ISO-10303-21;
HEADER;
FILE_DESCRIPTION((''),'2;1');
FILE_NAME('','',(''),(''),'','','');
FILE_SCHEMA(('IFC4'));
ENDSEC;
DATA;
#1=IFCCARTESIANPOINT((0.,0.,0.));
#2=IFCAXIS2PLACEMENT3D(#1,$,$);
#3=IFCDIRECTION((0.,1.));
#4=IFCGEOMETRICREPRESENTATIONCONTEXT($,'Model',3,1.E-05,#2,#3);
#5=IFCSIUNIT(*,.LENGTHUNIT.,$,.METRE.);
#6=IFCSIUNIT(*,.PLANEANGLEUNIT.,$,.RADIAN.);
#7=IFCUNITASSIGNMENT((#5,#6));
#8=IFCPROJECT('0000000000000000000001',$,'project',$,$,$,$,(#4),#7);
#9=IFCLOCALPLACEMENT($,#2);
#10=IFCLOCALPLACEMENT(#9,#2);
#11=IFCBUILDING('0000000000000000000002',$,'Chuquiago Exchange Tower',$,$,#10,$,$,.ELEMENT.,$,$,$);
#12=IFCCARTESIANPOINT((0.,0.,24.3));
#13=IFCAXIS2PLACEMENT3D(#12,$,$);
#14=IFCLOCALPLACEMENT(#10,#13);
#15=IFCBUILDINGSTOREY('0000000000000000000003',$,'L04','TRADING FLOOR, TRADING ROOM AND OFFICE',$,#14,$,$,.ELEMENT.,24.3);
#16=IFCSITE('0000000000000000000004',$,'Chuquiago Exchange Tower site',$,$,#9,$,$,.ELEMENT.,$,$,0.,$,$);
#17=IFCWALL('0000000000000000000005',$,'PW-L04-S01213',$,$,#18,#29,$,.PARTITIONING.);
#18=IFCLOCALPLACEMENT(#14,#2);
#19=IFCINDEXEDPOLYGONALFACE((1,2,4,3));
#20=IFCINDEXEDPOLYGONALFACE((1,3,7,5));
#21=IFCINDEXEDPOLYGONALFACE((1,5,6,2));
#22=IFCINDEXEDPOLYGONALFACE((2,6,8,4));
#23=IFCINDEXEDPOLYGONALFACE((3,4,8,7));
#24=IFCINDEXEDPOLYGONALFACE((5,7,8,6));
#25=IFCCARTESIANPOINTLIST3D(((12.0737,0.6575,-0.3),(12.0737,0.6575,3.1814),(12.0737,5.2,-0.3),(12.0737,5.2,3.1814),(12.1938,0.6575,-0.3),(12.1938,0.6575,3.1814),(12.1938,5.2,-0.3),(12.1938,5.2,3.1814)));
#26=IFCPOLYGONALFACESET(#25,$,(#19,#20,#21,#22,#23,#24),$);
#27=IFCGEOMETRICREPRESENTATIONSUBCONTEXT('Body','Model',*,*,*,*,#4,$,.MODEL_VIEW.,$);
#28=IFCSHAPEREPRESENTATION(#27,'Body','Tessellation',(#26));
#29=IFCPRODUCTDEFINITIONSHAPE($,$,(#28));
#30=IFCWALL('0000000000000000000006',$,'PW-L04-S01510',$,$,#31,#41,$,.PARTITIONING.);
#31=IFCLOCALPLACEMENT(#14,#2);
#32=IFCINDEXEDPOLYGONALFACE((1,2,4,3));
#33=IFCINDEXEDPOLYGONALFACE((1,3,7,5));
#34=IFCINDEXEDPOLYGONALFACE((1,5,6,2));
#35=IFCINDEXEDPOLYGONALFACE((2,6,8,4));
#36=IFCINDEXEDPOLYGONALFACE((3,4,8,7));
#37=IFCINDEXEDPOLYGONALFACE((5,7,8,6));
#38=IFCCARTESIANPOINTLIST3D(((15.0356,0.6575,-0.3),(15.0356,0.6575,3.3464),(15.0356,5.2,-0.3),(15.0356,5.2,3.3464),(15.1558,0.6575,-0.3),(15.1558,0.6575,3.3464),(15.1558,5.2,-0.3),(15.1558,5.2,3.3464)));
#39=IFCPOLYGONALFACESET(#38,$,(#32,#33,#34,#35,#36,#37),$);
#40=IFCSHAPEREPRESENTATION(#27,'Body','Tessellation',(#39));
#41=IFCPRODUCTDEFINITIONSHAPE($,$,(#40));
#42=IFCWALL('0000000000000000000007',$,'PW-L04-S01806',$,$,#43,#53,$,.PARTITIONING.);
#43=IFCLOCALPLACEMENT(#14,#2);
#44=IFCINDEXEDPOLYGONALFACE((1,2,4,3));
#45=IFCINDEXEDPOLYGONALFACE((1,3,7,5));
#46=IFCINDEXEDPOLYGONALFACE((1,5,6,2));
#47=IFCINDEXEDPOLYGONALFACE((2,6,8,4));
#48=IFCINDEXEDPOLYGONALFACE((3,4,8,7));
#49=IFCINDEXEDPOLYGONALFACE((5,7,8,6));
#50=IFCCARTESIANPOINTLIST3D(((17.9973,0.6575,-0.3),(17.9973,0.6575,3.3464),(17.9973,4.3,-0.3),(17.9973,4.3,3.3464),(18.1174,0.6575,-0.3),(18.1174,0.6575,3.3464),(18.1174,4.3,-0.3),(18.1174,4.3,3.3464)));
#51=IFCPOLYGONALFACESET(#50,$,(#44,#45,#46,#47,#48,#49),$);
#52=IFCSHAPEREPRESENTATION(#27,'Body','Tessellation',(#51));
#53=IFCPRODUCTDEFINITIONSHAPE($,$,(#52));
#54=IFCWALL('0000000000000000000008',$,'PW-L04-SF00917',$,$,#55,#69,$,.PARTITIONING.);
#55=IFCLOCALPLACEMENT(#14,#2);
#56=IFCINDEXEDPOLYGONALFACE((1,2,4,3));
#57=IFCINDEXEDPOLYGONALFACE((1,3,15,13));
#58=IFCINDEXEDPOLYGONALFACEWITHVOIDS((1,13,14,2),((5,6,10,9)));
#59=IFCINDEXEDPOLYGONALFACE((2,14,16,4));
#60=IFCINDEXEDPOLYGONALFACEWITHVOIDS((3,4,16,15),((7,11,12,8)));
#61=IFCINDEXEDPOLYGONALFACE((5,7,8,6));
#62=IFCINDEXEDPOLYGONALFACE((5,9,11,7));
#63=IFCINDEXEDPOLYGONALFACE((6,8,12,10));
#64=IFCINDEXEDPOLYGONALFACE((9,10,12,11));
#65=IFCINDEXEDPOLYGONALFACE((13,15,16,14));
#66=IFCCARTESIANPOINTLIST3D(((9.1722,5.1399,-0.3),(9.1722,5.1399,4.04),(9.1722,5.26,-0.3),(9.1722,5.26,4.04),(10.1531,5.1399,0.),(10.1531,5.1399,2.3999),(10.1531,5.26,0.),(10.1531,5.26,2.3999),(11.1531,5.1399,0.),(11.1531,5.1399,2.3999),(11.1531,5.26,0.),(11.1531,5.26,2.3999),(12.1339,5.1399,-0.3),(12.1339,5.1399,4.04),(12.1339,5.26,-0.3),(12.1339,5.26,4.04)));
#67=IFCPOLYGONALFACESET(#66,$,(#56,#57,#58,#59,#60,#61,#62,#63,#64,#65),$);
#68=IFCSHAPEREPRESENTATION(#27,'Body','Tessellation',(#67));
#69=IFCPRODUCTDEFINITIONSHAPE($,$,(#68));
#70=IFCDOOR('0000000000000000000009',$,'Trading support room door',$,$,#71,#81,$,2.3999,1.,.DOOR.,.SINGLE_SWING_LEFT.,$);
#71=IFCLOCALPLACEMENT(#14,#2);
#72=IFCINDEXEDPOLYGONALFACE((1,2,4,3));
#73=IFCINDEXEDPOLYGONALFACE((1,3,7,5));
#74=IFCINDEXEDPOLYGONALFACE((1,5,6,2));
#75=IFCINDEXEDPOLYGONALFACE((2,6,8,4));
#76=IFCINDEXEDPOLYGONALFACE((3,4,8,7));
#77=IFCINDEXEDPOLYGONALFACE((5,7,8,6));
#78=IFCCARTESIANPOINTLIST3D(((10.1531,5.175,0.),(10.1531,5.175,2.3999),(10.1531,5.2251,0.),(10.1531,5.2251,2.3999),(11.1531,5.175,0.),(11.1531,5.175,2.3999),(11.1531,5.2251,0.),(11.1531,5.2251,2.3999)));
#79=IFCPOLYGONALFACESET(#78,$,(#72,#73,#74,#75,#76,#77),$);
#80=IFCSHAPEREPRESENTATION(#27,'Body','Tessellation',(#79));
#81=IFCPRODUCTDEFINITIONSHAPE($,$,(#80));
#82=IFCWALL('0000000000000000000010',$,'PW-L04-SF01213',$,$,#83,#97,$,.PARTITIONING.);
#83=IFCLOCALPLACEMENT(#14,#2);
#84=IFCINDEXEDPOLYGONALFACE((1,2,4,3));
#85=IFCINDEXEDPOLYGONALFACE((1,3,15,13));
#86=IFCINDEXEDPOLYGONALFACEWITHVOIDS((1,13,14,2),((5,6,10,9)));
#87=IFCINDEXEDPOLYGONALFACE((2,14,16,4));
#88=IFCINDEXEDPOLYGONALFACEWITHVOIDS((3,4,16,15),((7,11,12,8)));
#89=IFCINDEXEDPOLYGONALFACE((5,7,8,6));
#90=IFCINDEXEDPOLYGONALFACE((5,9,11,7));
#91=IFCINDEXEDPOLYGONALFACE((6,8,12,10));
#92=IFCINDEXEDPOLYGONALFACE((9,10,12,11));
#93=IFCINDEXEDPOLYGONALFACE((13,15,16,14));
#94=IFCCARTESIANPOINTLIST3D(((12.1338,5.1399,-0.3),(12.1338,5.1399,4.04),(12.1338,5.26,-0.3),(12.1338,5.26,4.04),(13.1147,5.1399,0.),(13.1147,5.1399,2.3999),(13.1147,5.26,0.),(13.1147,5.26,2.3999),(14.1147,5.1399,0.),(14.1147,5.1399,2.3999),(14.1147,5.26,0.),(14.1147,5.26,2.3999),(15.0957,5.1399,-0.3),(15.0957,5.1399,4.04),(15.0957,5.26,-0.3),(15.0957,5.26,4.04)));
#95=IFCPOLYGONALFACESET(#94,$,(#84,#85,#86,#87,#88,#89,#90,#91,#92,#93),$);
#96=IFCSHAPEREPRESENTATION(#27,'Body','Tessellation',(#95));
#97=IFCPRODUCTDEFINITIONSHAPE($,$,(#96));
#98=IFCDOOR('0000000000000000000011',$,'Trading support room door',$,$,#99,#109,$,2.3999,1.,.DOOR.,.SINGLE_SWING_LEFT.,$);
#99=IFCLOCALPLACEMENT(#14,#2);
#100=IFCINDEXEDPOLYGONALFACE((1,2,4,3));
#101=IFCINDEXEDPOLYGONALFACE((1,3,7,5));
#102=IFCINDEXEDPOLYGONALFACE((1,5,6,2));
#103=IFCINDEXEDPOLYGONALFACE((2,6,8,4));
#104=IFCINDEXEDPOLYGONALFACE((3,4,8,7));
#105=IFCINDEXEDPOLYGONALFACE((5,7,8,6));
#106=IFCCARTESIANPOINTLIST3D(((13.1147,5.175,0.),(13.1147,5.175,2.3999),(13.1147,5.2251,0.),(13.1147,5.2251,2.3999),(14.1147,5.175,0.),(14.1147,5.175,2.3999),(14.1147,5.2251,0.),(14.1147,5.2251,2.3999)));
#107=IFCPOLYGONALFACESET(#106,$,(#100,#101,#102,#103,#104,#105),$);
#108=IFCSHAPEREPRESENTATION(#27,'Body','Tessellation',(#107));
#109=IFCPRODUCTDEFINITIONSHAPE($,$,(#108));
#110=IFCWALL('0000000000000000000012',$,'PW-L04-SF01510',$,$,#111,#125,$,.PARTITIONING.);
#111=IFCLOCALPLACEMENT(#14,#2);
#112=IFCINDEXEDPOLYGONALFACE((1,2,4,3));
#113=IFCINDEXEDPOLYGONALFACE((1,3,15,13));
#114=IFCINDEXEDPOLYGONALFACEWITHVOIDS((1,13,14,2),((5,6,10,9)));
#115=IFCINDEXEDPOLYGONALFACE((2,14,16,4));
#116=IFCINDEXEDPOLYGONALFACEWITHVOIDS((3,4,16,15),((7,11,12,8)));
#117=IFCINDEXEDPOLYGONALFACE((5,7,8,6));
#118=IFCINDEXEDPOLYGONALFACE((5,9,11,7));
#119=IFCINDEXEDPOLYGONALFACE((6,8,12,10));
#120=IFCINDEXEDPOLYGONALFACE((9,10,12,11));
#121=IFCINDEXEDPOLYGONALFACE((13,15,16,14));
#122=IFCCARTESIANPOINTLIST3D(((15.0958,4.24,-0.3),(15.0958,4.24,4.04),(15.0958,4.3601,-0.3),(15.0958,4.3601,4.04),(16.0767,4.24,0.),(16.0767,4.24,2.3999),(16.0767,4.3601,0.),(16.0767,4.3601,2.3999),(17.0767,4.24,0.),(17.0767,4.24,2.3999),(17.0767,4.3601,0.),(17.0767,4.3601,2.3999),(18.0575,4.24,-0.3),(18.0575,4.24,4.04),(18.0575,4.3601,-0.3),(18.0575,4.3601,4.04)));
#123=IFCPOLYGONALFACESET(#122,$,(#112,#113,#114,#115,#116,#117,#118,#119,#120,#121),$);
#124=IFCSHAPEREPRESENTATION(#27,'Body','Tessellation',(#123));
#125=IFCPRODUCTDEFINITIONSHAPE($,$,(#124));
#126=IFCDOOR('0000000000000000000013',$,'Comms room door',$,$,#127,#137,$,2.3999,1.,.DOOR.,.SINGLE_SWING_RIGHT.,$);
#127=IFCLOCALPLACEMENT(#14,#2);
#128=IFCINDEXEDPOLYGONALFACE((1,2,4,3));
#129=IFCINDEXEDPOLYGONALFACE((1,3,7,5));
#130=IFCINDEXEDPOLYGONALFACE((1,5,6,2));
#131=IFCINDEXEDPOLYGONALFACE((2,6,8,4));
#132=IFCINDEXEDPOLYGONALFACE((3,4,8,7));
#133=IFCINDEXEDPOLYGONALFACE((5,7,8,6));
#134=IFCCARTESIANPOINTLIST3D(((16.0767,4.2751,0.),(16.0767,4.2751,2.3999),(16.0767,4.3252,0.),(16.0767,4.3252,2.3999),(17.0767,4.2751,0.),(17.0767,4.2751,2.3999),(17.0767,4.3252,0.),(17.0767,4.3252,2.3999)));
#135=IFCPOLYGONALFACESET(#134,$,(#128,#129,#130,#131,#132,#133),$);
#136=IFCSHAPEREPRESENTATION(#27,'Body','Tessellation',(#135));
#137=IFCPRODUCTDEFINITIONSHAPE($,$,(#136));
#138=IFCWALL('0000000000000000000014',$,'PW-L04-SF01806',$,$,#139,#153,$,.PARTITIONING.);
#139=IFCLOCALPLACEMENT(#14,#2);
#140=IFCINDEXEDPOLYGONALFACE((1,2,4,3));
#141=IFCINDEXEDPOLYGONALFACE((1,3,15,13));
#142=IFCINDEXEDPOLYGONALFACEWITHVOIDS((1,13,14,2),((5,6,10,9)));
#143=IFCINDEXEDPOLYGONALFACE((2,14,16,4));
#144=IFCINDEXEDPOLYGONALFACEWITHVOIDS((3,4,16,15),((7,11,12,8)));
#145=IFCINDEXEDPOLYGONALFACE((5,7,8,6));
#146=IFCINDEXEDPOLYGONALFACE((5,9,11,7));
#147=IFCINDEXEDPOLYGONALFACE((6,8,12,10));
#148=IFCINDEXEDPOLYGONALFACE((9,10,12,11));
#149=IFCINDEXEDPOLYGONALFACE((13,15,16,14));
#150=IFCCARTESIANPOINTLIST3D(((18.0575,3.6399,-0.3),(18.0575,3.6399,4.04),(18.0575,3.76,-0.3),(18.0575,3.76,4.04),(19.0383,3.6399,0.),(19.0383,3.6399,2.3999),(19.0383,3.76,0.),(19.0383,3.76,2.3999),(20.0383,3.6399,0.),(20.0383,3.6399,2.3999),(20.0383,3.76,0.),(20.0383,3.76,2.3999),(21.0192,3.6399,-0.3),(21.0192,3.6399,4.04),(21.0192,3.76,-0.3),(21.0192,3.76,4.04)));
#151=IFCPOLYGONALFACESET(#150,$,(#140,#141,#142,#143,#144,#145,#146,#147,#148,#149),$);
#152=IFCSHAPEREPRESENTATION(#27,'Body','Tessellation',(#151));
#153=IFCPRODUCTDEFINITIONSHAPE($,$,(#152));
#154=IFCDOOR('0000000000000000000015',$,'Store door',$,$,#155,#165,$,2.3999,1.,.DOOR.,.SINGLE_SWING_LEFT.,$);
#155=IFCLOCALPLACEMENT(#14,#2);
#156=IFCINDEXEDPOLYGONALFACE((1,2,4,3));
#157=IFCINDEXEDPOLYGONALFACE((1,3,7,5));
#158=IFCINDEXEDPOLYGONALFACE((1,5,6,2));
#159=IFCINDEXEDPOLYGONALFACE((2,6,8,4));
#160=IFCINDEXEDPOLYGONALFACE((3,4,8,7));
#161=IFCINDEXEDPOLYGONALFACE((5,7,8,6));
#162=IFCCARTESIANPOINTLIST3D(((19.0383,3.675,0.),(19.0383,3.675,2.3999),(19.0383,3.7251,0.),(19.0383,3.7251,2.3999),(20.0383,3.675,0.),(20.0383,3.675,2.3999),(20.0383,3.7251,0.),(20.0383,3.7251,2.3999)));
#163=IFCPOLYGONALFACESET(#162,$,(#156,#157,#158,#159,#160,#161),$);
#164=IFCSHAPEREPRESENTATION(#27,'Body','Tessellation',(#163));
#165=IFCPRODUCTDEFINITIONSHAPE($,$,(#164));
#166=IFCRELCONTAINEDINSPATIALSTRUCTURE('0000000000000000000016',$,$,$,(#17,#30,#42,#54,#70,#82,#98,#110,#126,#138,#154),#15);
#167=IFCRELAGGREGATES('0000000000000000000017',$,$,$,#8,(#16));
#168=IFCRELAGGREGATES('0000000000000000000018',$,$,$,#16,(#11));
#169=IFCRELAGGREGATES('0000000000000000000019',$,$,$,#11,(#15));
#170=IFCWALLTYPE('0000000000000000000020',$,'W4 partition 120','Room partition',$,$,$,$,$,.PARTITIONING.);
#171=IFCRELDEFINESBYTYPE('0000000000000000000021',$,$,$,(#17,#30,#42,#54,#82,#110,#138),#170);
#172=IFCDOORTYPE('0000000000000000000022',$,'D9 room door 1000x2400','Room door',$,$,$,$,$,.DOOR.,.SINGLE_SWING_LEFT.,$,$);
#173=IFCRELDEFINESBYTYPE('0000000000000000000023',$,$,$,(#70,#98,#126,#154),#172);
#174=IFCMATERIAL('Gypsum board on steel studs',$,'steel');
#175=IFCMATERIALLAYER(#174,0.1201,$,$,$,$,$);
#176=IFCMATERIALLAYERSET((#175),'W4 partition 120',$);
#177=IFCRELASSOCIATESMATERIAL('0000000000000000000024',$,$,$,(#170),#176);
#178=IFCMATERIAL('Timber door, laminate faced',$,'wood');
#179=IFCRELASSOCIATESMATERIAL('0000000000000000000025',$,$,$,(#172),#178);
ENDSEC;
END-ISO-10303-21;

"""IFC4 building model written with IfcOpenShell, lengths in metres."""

from ifc_helpers import new_model, si_unit, direction, frame, frame_2d, origin, place, context, subcontext, project, spatial, rectangle, extrude, material, layer, layer_set, type_object, element, fill, save


model = new_model("IFC4")

# Units and contexts
model_context = context("Model", 3, precision=1e-05, world=origin(), true_north=direction((0.0, 1.0)))
body_context = subcontext(model_context, "Body", "Model", "MODEL_VIEW")
ifc_project = project(units=[si_unit("LENGTHUNIT", "METRE"), si_unit("PLANEANGLEUNIT", "RADIAN")], contexts=[model_context])

# Site, building, storey
site_placement = place(None, origin())
site = spatial("IfcSite", under=ifc_project, at=site_placement, Name="Chuquiago Exchange Tower site", CompositionType="ELEMENT", RefElevation=0.0)
building_placement = place(site_placement, origin())
building = spatial("IfcBuilding", under=site, at=building_placement, Name="Chuquiago Exchange Tower", CompositionType="ELEMENT")
storey_placement = place(building_placement, frame((0.0, 0.0, 24.3)))
storey = spatial("IfcBuildingStorey", under=building, at=storey_placement, Name="L04", Description="TRADING FLOOR, TRADING ROOM AND OFFICE", CompositionType="ELEMENT", Elevation=24.3)

# Walls
ifc_material_1 = material(Name="Gypsum board on steel studs", Category="steel")
ifc_layer_1 = layer(ifc_material_1, 0.1201)
ifc_layer_set_1 = layer_set([ifc_layer_1], Name="W4 partition 120")
wall_type = type_object("IfcWallType", Name="W4 partition 120", Description="Room partition", PredefinedType="PARTITIONING", material=ifc_layer_set_1)
wall_1_placement = place(storey_placement, frame((12.1338, 0.6575, -0.3), z_axis=(0.0, 0.0, 1.0), x_axis=(0.0, 1.0, 0.0)))
element("IfcWall", 1, at=wall_1_placement, inside=storey, type_object=wall_type, Name="PW-L04-S01213", PredefinedType="PARTITIONING", context=body_context, shape_type="SweptSolid", body=[
    extrude(rectangle(XDim=4.5425, YDim=0.1201, at=frame_2d((2.2712, 0.0))), origin(), (0.0, 0.0, 1.0), 3.4814),
])
wall_2_placement = place(storey_placement, frame((15.0957, 0.6575, -0.3), z_axis=(0.0, 0.0, 1.0), x_axis=(0.0, 1.0, 0.0)))
element("IfcWall", 2, at=wall_2_placement, inside=storey, type_object=wall_type, Name="PW-L04-S01510", PredefinedType="PARTITIONING", context=body_context, shape_type="SweptSolid", body=[
    extrude(rectangle(XDim=4.5425, YDim=0.1201, at=frame_2d((2.2712, 0.0))), origin(), (0.0, 0.0, 1.0), 3.6465),
])
wall_3_placement = place(storey_placement, frame((18.0574, 0.6575, -0.3), z_axis=(0.0, 0.0, 1.0), x_axis=(0.0, 1.0, 0.0)))
element("IfcWall", 3, at=wall_3_placement, inside=storey, type_object=wall_type, Name="PW-L04-S01806", PredefinedType="PARTITIONING", context=body_context, shape_type="SweptSolid", body=[
    extrude(rectangle(XDim=3.6426, YDim=0.1201, at=frame_2d((1.8213, 0.0))), origin(), (0.0, 0.0, 1.0), 3.6465),
])

# Walls, openings, doors
wall_4_placement = place(storey_placement, frame((9.1721, 5.2, -0.3), z_axis=(0.0, 0.0, 1.0), x_axis=(1.0, 0.0, 0.0)))
wall_4 = element("IfcWall", 4, at=wall_4_placement, inside=storey, type_object=wall_type, Name="PW-L04-SF00917", PredefinedType="PARTITIONING", context=body_context, shape_type="SweptSolid", body=[
    extrude(rectangle(XDim=2.9617, YDim=0.1201, at=frame_2d((1.481, 0.0))), origin(), (0.0, 0.0, 1.0), 4.3401),
])
opening_1_placement = place(wall_4_placement, frame((0.981, 0.0, 0.3)))
opening_1 = element("IfcOpeningElement", 5, at=opening_1_placement, cuts=wall_4, PredefinedType="OPENING", context=body_context, shape_type="SweptSolid", body=[
    extrude(rectangle(XDim=1.0, YDim=2.3999, at=frame_2d((0.5, 1.2))), frame((0.0, 0.0701, 0.0), z_axis=(0.0, -1.0, 0.0), x_axis=(1.0, 0.0, 0.0)), (0.0, 0.0, 1.0), 0.1401),
])
ifc_material_2 = material(Name="Timber door, laminate faced", Category="wood")
door_type = type_object("IfcDoorType", Name="D9 room door 1000x2400", Description="Room door", OperationType="SINGLE_SWING_LEFT", PredefinedType="DOOR", material=ifc_material_2)
door_1_placement = place(opening_1_placement, frame((1.0, 0.0, 0.0), z_axis=(0.0, 0.0, 1.0), x_axis=(-1.0, 0.0, 0.0)))
door_1 = element("IfcDoor", 6, at=door_1_placement, inside=storey, type_object=door_type, Name="Trading support room door", OperationType="SINGLE_SWING_LEFT", OverallHeight=2.3999, OverallWidth=1.0, PredefinedType="DOOR", context=body_context, shape_type="SweptSolid", body=[
    extrude(rectangle(XDim=1.0, YDim=2.3999, at=frame_2d((0.5, 1.2))), frame((0.0, 0.0249, 0.0), z_axis=(0.0, -1.0, 0.0), x_axis=(1.0, 0.0, 0.0)), (0.0, 0.0, 1.0), 0.05),
])
fill(opening_1, door_1)
wall_5_placement = place(storey_placement, frame((12.1338, 5.2, -0.3), z_axis=(0.0, 0.0, 1.0), x_axis=(1.0, 0.0, 0.0)))
wall_5 = element("IfcWall", 7, at=wall_5_placement, inside=storey, type_object=wall_type, Name="PW-L04-SF01213", PredefinedType="PARTITIONING", context=body_context, shape_type="SweptSolid", body=[
    extrude(rectangle(XDim=2.9619, YDim=0.1201, at=frame_2d((1.481, 0.0))), origin(), (0.0, 0.0, 1.0), 4.3401),
])
opening_2_placement = place(wall_5_placement, frame((0.981, 0.0, 0.3)))
opening_2 = element("IfcOpeningElement", 8, at=opening_2_placement, cuts=wall_5, PredefinedType="OPENING", context=body_context, shape_type="SweptSolid", body=[
    extrude(rectangle(XDim=1.0, YDim=2.3999, at=frame_2d((0.5, 1.2))), frame((0.0, 0.0701, 0.0), z_axis=(0.0, -1.0, 0.0), x_axis=(1.0, 0.0, 0.0)), (0.0, 0.0, 1.0), 0.1401),
])
door_2_placement = place(opening_2_placement, frame((1.0, 0.0, 0.0), z_axis=(0.0, 0.0, 1.0), x_axis=(-1.0, 0.0, 0.0)))
door_2 = element("IfcDoor", 9, at=door_2_placement, inside=storey, type_object=door_type, Name="Trading support room door", OperationType="SINGLE_SWING_LEFT", OverallHeight=2.3999, OverallWidth=1.0, PredefinedType="DOOR", context=body_context, shape_type="SweptSolid", body=[
    extrude(rectangle(XDim=1.0, YDim=2.3999, at=frame_2d((0.5, 1.2))), frame((0.0, 0.0249, 0.0), z_axis=(0.0, -1.0, 0.0), x_axis=(1.0, 0.0, 0.0)), (0.0, 0.0, 1.0), 0.05),
])
fill(opening_2, door_2)
wall_6_placement = place(storey_placement, frame((15.0957, 4.3, -0.3), z_axis=(0.0, 0.0, 1.0), x_axis=(1.0, 0.0, 0.0)))
wall_6 = element("IfcWall", 10, at=wall_6_placement, inside=storey, type_object=wall_type, Name="PW-L04-SF01510", PredefinedType="PARTITIONING", context=body_context, shape_type="SweptSolid", body=[
    extrude(rectangle(XDim=2.9617, YDim=0.1201, at=frame_2d((1.481, 0.0))), origin(), (0.0, 0.0, 1.0), 4.3401),
])
opening_3_placement = place(wall_6_placement, frame((0.981, 0.0, 0.3)))
opening_3 = element("IfcOpeningElement", 11, at=opening_3_placement, cuts=wall_6, PredefinedType="OPENING", context=body_context, shape_type="SweptSolid", body=[
    extrude(rectangle(XDim=1.0, YDim=2.3999, at=frame_2d((0.5, 1.2))), frame((0.0, 0.0701, 0.0), z_axis=(0.0, -1.0, 0.0), x_axis=(1.0, 0.0, 0.0)), (0.0, 0.0, 1.0), 0.1401),
])
door_3_placement = place(opening_3_placement, frame((1.0, 0.0, 0.0), z_axis=(0.0, 0.0, 1.0), x_axis=(-1.0, 0.0, 0.0)))
door_3 = element("IfcDoor", 12, at=door_3_placement, inside=storey, type_object=door_type, Name="Comms room door", OperationType="SINGLE_SWING_RIGHT", OverallHeight=2.3999, OverallWidth=1.0, PredefinedType="DOOR", context=body_context, shape_type="SweptSolid", body=[
    extrude(rectangle(XDim=1.0, YDim=2.3999, at=frame_2d((0.5, 1.2))), frame((0.0, 0.0249, 0.0), z_axis=(0.0, -1.0, 0.0), x_axis=(1.0, 0.0, 0.0)), (0.0, 0.0, 1.0), 0.05),
])
fill(opening_3, door_3)
wall_7_placement = place(storey_placement, frame((18.0574, 3.7, -0.3), z_axis=(0.0, 0.0, 1.0), x_axis=(1.0, 0.0, 0.0)))
wall_7 = element("IfcWall", 13, at=wall_7_placement, inside=storey, type_object=wall_type, Name="PW-L04-SF01806", PredefinedType="PARTITIONING", context=body_context, shape_type="SweptSolid", body=[
    extrude(rectangle(XDim=2.9617, YDim=0.1201, at=frame_2d((1.481, 0.0))), origin(), (0.0, 0.0, 1.0), 4.3401),
])
opening_4_placement = place(wall_7_placement, frame((0.981, 0.0, 0.3)))
opening_4 = element("IfcOpeningElement", 14, at=opening_4_placement, cuts=wall_7, PredefinedType="OPENING", context=body_context, shape_type="SweptSolid", body=[
    extrude(rectangle(XDim=1.0, YDim=2.3999, at=frame_2d((0.5, 1.2))), frame((0.0, 0.0701, 0.0), z_axis=(0.0, -1.0, 0.0), x_axis=(1.0, 0.0, 0.0)), (0.0, 0.0, 1.0), 0.1401),
])
door_4_placement = place(opening_4_placement, frame((1.0, 0.0, 0.0), z_axis=(0.0, 0.0, 1.0), x_axis=(-1.0, 0.0, 0.0)))
door_4 = element("IfcDoor", 15, at=door_4_placement, inside=storey, type_object=door_type, Name="Store door", OperationType="SINGLE_SWING_LEFT", OverallHeight=2.3999, OverallWidth=1.0, PredefinedType="DOOR", context=body_context, shape_type="SweptSolid", body=[
    extrude(rectangle(XDim=1.0, YDim=2.3999, at=frame_2d((0.5, 1.2))), frame((0.0, 0.0249, 0.0), z_axis=(0.0, -1.0, 0.0), x_axis=(1.0, 0.0, 0.0)), (0.0, 0.0, 1.0), 0.05),
])
fill(opening_4, door_4)

save(model, "model.ifc")
